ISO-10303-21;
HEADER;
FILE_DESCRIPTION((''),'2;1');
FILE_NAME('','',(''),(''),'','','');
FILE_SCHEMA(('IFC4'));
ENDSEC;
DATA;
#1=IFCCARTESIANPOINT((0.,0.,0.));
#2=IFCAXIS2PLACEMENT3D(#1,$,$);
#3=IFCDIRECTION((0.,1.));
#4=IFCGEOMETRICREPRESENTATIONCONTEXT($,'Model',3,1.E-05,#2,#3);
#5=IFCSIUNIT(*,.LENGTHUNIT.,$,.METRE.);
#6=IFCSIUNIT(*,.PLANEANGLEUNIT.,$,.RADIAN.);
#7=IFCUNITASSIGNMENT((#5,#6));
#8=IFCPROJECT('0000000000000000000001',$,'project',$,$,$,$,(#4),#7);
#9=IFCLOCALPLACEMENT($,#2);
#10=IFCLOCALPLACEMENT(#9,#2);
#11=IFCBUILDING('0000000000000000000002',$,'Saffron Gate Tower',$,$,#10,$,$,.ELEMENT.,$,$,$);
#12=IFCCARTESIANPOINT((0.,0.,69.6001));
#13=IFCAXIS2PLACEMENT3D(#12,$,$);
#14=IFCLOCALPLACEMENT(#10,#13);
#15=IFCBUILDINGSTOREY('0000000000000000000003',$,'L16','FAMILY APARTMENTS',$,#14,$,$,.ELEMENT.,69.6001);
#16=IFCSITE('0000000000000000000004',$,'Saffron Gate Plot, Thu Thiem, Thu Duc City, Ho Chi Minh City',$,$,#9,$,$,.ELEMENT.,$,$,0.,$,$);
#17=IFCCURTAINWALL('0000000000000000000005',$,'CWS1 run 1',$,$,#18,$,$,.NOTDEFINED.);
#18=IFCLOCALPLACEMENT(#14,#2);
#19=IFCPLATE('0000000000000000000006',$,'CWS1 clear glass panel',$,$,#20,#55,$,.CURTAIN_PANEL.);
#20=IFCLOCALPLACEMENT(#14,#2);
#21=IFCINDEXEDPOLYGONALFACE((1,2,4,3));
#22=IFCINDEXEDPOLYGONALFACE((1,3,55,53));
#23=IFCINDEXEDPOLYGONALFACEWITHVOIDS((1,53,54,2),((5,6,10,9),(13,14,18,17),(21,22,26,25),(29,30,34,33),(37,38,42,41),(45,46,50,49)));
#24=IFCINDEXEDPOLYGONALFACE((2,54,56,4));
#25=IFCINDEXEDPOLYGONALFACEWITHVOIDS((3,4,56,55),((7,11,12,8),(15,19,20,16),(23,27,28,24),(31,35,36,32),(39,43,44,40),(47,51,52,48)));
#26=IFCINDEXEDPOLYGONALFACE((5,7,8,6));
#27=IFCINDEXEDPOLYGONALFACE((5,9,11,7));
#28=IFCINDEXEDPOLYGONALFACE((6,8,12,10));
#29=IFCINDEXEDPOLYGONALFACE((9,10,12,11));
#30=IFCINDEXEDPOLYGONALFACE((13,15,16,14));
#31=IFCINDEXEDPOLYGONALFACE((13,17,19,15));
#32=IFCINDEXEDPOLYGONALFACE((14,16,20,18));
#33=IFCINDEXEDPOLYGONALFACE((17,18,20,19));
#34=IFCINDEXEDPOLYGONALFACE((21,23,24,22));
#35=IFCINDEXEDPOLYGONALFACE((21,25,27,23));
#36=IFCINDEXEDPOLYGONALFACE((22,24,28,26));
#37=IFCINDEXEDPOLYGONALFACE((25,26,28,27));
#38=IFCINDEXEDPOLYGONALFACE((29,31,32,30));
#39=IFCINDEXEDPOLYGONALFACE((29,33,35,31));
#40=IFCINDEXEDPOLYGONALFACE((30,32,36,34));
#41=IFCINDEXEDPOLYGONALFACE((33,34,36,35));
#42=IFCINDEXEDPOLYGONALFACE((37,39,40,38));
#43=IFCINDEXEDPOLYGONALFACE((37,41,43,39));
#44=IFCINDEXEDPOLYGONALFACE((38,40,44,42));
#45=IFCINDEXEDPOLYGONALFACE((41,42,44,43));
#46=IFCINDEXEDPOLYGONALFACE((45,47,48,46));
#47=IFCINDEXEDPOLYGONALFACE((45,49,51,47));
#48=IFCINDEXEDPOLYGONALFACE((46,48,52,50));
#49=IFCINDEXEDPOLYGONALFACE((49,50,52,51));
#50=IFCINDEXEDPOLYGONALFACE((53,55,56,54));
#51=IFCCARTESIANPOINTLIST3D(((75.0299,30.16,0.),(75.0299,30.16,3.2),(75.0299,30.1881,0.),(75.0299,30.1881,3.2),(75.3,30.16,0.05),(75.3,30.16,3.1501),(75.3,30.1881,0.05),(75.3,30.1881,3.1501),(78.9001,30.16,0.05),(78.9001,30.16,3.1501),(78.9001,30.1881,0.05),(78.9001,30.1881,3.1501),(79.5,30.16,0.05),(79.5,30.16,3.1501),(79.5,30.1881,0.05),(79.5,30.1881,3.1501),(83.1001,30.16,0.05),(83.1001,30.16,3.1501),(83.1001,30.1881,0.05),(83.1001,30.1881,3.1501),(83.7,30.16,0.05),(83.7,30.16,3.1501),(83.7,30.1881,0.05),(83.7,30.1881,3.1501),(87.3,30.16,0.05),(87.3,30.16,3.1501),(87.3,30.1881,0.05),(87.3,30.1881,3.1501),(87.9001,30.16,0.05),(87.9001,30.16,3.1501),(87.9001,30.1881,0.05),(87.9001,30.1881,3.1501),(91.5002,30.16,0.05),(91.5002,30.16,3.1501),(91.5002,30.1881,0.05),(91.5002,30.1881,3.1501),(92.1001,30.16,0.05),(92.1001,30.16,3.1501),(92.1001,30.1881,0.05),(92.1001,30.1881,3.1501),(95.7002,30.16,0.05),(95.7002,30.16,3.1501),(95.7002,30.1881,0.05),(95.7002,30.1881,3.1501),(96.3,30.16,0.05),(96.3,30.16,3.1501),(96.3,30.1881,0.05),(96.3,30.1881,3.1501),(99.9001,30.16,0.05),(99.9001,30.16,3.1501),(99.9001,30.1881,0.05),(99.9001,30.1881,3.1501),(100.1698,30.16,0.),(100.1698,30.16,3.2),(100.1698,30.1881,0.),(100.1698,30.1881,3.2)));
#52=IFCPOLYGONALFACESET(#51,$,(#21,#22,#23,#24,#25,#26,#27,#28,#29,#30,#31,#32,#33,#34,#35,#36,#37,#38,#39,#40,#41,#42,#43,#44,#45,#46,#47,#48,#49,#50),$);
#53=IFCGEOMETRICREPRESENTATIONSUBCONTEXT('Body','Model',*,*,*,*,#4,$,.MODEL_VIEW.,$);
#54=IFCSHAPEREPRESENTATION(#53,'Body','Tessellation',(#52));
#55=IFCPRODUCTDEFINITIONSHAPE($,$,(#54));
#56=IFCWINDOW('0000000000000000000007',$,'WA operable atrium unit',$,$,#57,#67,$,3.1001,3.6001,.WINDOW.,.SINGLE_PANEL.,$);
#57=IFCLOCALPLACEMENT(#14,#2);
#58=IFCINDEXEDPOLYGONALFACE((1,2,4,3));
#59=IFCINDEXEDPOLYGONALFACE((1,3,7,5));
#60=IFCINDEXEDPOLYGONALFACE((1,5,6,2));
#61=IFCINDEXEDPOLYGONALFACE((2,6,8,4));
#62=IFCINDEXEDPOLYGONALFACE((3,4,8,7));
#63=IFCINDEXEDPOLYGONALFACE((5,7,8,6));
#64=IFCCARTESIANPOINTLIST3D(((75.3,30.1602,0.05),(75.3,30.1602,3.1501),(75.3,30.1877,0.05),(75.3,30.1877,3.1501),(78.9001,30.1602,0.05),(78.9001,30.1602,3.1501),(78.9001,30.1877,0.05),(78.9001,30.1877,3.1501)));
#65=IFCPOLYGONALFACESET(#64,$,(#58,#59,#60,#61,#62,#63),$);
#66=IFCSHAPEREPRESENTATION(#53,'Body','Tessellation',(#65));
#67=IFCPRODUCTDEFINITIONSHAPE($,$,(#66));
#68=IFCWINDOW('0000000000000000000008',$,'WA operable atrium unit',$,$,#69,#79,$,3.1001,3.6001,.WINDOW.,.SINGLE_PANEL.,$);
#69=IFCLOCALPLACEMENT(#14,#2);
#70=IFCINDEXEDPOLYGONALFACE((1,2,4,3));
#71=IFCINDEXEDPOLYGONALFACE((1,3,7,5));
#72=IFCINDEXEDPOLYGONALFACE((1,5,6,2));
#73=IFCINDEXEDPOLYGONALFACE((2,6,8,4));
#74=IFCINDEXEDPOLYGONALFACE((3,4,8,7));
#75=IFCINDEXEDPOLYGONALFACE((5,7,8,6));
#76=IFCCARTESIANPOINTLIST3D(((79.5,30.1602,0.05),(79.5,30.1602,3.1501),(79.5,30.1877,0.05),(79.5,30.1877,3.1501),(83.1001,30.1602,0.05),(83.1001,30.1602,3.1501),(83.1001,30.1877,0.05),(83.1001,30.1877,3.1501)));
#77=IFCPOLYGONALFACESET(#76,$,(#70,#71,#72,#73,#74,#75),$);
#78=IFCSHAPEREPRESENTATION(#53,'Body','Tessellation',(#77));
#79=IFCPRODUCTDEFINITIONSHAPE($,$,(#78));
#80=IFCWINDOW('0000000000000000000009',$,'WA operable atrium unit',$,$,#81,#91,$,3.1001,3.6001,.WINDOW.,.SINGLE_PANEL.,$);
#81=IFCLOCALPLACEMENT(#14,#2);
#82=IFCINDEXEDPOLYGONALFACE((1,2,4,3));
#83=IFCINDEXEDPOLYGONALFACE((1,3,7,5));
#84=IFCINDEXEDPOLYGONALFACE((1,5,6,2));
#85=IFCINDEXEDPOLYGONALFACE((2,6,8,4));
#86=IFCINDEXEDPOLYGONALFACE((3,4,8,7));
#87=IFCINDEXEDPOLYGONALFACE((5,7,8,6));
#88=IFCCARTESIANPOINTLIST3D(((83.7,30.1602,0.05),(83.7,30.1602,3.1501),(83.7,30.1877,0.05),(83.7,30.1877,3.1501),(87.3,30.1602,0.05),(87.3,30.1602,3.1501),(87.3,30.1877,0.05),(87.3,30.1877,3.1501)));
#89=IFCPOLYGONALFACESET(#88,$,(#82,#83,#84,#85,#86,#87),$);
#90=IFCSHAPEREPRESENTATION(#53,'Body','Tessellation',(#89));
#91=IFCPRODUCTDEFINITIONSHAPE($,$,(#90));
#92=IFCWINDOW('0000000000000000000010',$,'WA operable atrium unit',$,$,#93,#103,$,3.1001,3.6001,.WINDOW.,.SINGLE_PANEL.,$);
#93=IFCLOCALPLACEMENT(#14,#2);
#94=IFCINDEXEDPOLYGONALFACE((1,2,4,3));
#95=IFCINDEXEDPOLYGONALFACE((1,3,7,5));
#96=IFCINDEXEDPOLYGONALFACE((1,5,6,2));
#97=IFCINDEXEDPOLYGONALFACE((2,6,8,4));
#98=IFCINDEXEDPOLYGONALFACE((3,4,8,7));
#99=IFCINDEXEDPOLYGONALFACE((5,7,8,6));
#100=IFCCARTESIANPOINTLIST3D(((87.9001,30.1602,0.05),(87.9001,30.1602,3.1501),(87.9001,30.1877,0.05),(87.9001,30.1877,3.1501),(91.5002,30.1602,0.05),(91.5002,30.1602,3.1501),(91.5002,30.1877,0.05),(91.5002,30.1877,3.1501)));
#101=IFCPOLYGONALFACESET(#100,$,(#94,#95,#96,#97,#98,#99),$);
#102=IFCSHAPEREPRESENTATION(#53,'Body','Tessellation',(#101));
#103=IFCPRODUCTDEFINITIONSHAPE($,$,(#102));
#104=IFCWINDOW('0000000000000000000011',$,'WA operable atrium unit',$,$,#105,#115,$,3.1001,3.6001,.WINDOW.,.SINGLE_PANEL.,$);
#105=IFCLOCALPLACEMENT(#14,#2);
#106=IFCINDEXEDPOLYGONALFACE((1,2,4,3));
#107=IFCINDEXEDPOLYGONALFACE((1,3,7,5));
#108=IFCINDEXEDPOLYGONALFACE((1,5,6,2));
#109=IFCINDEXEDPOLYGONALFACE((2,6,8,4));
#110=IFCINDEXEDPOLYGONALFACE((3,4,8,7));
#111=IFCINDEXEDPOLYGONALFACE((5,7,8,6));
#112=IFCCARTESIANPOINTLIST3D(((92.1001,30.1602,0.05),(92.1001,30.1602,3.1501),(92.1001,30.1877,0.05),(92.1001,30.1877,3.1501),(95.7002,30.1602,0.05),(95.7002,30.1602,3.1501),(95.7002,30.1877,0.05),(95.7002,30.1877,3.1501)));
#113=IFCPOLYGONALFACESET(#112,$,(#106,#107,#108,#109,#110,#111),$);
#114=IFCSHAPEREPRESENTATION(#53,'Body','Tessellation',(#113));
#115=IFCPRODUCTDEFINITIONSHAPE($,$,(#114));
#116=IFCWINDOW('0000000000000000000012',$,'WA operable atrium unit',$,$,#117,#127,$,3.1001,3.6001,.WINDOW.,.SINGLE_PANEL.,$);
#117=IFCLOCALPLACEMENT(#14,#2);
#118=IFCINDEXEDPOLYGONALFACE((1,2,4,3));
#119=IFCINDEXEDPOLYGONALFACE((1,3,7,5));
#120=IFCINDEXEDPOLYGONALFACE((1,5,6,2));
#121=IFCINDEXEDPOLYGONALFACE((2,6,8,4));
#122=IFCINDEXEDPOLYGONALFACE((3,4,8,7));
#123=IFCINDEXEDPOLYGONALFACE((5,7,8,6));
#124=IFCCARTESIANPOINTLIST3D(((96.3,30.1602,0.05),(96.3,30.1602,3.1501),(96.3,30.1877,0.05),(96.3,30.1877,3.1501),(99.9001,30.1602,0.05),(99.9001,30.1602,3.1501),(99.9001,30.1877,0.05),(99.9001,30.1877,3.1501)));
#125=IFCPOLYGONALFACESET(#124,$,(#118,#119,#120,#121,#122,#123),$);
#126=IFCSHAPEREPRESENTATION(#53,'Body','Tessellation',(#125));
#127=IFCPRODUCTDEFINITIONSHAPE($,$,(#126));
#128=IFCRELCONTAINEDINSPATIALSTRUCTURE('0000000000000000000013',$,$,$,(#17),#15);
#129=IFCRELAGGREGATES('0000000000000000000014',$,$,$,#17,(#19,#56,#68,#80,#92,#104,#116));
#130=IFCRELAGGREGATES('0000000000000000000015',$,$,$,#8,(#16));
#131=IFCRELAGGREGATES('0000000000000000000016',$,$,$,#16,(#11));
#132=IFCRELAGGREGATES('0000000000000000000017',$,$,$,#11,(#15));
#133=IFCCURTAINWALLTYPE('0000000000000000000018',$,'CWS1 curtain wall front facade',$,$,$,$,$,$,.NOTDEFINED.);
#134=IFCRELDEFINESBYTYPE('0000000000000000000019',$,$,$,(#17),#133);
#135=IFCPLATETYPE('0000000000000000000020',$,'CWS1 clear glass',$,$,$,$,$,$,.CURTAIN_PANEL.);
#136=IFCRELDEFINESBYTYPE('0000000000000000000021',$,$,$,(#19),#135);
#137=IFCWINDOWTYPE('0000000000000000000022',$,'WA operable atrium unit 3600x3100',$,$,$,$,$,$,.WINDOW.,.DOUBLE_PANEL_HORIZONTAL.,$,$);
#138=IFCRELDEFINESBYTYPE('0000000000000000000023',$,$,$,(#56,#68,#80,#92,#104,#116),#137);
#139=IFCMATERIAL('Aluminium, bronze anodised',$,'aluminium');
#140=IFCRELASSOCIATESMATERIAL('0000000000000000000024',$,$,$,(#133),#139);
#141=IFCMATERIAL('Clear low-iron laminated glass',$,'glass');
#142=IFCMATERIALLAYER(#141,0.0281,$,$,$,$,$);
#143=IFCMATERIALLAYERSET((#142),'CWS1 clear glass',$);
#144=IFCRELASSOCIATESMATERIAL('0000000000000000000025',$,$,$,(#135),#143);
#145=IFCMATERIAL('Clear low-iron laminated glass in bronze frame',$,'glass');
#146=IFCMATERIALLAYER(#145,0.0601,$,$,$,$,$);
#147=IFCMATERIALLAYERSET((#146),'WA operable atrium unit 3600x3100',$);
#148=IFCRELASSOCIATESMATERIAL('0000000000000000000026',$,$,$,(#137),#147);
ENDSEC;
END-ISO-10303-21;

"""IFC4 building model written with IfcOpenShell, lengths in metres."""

from ifc_helpers import new_model, si_unit, direction, frame, frame_2d, origin, place, context, subcontext, project, spatial, rectangle, extrude, material, layer, layer_set, type_object, element, fill, aggregate, save


model = new_model("IFC4")

# Units and contexts
model_context = context("Model", 3, precision=1e-05, world=origin(), true_north=direction((0.0, 1.0)))
body_context = subcontext(model_context, "Body", "Model", "MODEL_VIEW")
ifc_project = project(units=[si_unit("LENGTHUNIT", "METRE"), si_unit("PLANEANGLEUNIT", "RADIAN")], contexts=[model_context])

# Site, building, storey
site_placement = place(None, origin())
site = spatial("IfcSite", under=ifc_project, at=site_placement, Name="Saffron Gate Plot, Thu Thiem, Thu Duc City, Ho Chi Minh City", CompositionType="ELEMENT", RefElevation=0.0)
building_placement = place(site_placement, origin())
building = spatial("IfcBuilding", under=site, at=building_placement, Name="Saffron Gate Tower", CompositionType="ELEMENT")
storey_placement = place(building_placement, frame((0.0, 0.0, 69.6001)))
storey = spatial("IfcBuildingStorey", under=building, at=storey_placement, Name="L16", Description="FAMILY APARTMENTS", CompositionType="ELEMENT", Elevation=69.6001)

# Curtain wall, plate, openings, windows
ifc_material_1 = material(Name="Aluminium, bronze anodised", Category="aluminium")
curtain_wall_type = type_object("IfcCurtainWallType", Name="CWS1 curtain wall front facade", PredefinedType="NOTDEFINED", material=ifc_material_1)
curtain_wall_placement = place(storey_placement, origin())
curtain_wall = element("IfcCurtainWall", 1, at=curtain_wall_placement, inside=storey, type_object=curtain_wall_type, Name="CWS1 run 1", PredefinedType="NOTDEFINED")
ifc_material_2 = material(Name="Clear low-iron laminated glass", Category="glass")
ifc_layer_1 = layer(ifc_material_2, 0.0281)
ifc_layer_set_1 = layer_set([ifc_layer_1], Name="CWS1 clear glass")
plate_type = type_object("IfcPlateType", Name="CWS1 clear glass", PredefinedType="CURTAIN_PANEL", material=ifc_layer_set_1)
plate_placement = place(storey_placement, frame((75.03, 30.1741, 0.0), z_axis=(0.0, 0.0, 1.0), x_axis=(1.0, 0.0, 0.0)))
plate = element("IfcPlate", 2, at=plate_placement, type_object=plate_type, Name="CWS1 clear glass panel", PredefinedType="CURTAIN_PANEL", context=body_context, shape_type="SweptSolid", body=[
    extrude(rectangle(XDim=25.1399, YDim=0.0281, at=frame_2d((12.5698, 0.0))), origin(), (0.0, 0.0, 1.0), 3.2),
])
opening_1_placement = place(plate_placement, frame((0.27, 0.0, 0.05)))
opening_1 = element("IfcOpeningElement", 3, at=opening_1_placement, cuts=plate, PredefinedType="OPENING", context=body_context, shape_type="SweptSolid", body=[
    extrude(rectangle(XDim=3.6001, YDim=3.1001, at=frame_2d((1.8, 1.55))), frame((0.0, 0.0239, 0.0), z_axis=(0.0, -1.0, 0.0), x_axis=(1.0, 0.0, 0.0)), (0.0, 0.0, 1.0), 0.0481),
])
opening_2_placement = place(plate_placement, frame((4.47, 0.0, 0.05)))
opening_2 = element("IfcOpeningElement", 4, at=opening_2_placement, cuts=plate, PredefinedType="OPENING", context=body_context, shape_type="SweptSolid", body=[
    extrude(rectangle(XDim=3.6001, YDim=3.1001, at=frame_2d((1.8, 1.55))), frame((0.0, 0.0239, 0.0), z_axis=(0.0, -1.0, 0.0), x_axis=(1.0, 0.0, 0.0)), (0.0, 0.0, 1.0), 0.0481),
])
opening_3_placement = place(plate_placement, frame((8.6699, 0.0, 0.05)))
opening_3 = element("IfcOpeningElement", 5, at=opening_3_placement, cuts=plate, PredefinedType="OPENING", context=body_context, shape_type="SweptSolid", body=[
    extrude(rectangle(XDim=3.6001, YDim=3.1001, at=frame_2d((1.8, 1.55))), frame((0.0, 0.0239, 0.0), z_axis=(0.0, -1.0, 0.0), x_axis=(1.0, 0.0, 0.0)), (0.0, 0.0, 1.0), 0.0481),
])
opening_4_placement = place(plate_placement, frame((12.8701, 0.0, 0.05)))
opening_4 = element("IfcOpeningElement", 6, at=opening_4_placement, cuts=plate, PredefinedType="OPENING", context=body_context, shape_type="SweptSolid", body=[
    extrude(rectangle(XDim=3.6001, YDim=3.1001, at=frame_2d((1.8, 1.55))), frame((0.0, 0.0239, 0.0), z_axis=(0.0, -1.0, 0.0), x_axis=(1.0, 0.0, 0.0)), (0.0, 0.0, 1.0), 0.0481),
])
opening_5_placement = place(plate_placement, frame((17.0701, 0.0, 0.05)))
opening_5 = element("IfcOpeningElement", 7, at=opening_5_placement, cuts=plate, PredefinedType="OPENING", context=body_context, shape_type="SweptSolid", body=[
    extrude(rectangle(XDim=3.6001, YDim=3.1001, at=frame_2d((1.8, 1.55))), frame((0.0, 0.0239, 0.0), z_axis=(0.0, -1.0, 0.0), x_axis=(1.0, 0.0, 0.0)), (0.0, 0.0, 1.0), 0.0481),
])
opening_6_placement = place(plate_placement, frame((21.27, 0.0, 0.05)))
opening_6 = element("IfcOpeningElement", 8, at=opening_6_placement, cuts=plate, PredefinedType="OPENING", context=body_context, shape_type="SweptSolid", body=[
    extrude(rectangle(XDim=3.6001, YDim=3.1001, at=frame_2d((1.8, 1.55))), frame((0.0, 0.0239, 0.0), z_axis=(0.0, -1.0, 0.0), x_axis=(1.0, 0.0, 0.0)), (0.0, 0.0, 1.0), 0.0481),
])
ifc_material_3 = material(Name="Clear low-iron laminated glass in bronze frame", Category="glass")
ifc_layer_2 = layer(ifc_material_3, 0.0601)
ifc_layer_set_2 = layer_set([ifc_layer_2], Name="WA operable atrium unit 3600x3100")
window_type = type_object("IfcWindowType", Name="WA operable atrium unit 3600x3100", PartitioningType="DOUBLE_PANEL_HORIZONTAL", PredefinedType="WINDOW", material=ifc_layer_set_2)
window_1_placement = place(opening_1_placement, origin())
window_1 = element("IfcWindow", 9, at=window_1_placement, type_object=window_type, Name="WA operable atrium unit", OverallHeight=3.1001, OverallWidth=3.6001, PartitioningType="SINGLE_PANEL", PredefinedType="WINDOW", context=body_context, shape_type="SweptSolid", body=[
    extrude(rectangle(XDim=3.6001, YDim=3.1001, at=frame_2d((1.8, 1.55))), frame((0.0, 0.0137, 0.0), z_axis=(0.0, -1.0, 0.0), x_axis=(1.0, 0.0, 0.0)), (0.0, 0.0, 1.0), 0.0276),
])
fill(opening_1, window_1)
window_2_placement = place(opening_2_placement, origin())
window_2 = element("IfcWindow", 10, at=window_2_placement, type_object=window_type, Name="WA operable atrium unit", OverallHeight=3.1001, OverallWidth=3.6001, PartitioningType="SINGLE_PANEL", PredefinedType="WINDOW", context=body_context, shape_type="SweptSolid", body=[
    extrude(rectangle(XDim=3.6001, YDim=3.1001, at=frame_2d((1.8, 1.55))), frame((0.0, 0.0137, 0.0), z_axis=(0.0, -1.0, 0.0), x_axis=(1.0, 0.0, 0.0)), (0.0, 0.0, 1.0), 0.0276),
])
fill(opening_2, window_2)
window_3_placement = place(opening_3_placement, origin())
window_3 = element("IfcWindow", 11, at=window_3_placement, type_object=window_type, Name="WA operable atrium unit", OverallHeight=3.1001, OverallWidth=3.6001, PartitioningType="SINGLE_PANEL", PredefinedType="WINDOW", context=body_context, shape_type="SweptSolid", body=[
    extrude(rectangle(XDim=3.6001, YDim=3.1001, at=frame_2d((1.8, 1.55))), frame((0.0, 0.0137, 0.0), z_axis=(0.0, -1.0, 0.0), x_axis=(1.0, 0.0, 0.0)), (0.0, 0.0, 1.0), 0.0276),
])
fill(opening_3, window_3)
window_4_placement = place(opening_4_placement, origin())
window_4 = element("IfcWindow", 12, at=window_4_placement, type_object=window_type, Name="WA operable atrium unit", OverallHeight=3.1001, OverallWidth=3.6001, PartitioningType="SINGLE_PANEL", PredefinedType="WINDOW", context=body_context, shape_type="SweptSolid", body=[
    extrude(rectangle(XDim=3.6001, YDim=3.1001, at=frame_2d((1.8, 1.55))), frame((0.0, 0.0137, 0.0), z_axis=(0.0, -1.0, 0.0), x_axis=(1.0, 0.0, 0.0)), (0.0, 0.0, 1.0), 0.0276),
])
fill(opening_4, window_4)
window_5_placement = place(opening_5_placement, origin())
window_5 = element("IfcWindow", 13, at=window_5_placement, type_object=window_type, Name="WA operable atrium unit", OverallHeight=3.1001, OverallWidth=3.6001, PartitioningType="SINGLE_PANEL", PredefinedType="WINDOW", context=body_context, shape_type="SweptSolid", body=[
    extrude(rectangle(XDim=3.6001, YDim=3.1001, at=frame_2d((1.8, 1.55))), frame((0.0, 0.0137, 0.0), z_axis=(0.0, -1.0, 0.0), x_axis=(1.0, 0.0, 0.0)), (0.0, 0.0, 1.0), 0.0276),
])
fill(opening_5, window_5)
window_6_placement = place(opening_6_placement, origin())
window_6 = element("IfcWindow", 14, at=window_6_placement, type_object=window_type, Name="WA operable atrium unit", OverallHeight=3.1001, OverallWidth=3.6001, PartitioningType="SINGLE_PANEL", PredefinedType="WINDOW", context=body_context, shape_type="SweptSolid", body=[
    extrude(rectangle(XDim=3.6001, YDim=3.1001, at=frame_2d((1.8, 1.55))), frame((0.0, 0.0137, 0.0), z_axis=(0.0, -1.0, 0.0), x_axis=(1.0, 0.0, 0.0)), (0.0, 0.0, 1.0), 0.0276),
])
fill(opening_6, window_6)
aggregate(curtain_wall, [plate, window_1, window_2, window_3, window_4, window_5, window_6])

save(model, "model.ifc")
